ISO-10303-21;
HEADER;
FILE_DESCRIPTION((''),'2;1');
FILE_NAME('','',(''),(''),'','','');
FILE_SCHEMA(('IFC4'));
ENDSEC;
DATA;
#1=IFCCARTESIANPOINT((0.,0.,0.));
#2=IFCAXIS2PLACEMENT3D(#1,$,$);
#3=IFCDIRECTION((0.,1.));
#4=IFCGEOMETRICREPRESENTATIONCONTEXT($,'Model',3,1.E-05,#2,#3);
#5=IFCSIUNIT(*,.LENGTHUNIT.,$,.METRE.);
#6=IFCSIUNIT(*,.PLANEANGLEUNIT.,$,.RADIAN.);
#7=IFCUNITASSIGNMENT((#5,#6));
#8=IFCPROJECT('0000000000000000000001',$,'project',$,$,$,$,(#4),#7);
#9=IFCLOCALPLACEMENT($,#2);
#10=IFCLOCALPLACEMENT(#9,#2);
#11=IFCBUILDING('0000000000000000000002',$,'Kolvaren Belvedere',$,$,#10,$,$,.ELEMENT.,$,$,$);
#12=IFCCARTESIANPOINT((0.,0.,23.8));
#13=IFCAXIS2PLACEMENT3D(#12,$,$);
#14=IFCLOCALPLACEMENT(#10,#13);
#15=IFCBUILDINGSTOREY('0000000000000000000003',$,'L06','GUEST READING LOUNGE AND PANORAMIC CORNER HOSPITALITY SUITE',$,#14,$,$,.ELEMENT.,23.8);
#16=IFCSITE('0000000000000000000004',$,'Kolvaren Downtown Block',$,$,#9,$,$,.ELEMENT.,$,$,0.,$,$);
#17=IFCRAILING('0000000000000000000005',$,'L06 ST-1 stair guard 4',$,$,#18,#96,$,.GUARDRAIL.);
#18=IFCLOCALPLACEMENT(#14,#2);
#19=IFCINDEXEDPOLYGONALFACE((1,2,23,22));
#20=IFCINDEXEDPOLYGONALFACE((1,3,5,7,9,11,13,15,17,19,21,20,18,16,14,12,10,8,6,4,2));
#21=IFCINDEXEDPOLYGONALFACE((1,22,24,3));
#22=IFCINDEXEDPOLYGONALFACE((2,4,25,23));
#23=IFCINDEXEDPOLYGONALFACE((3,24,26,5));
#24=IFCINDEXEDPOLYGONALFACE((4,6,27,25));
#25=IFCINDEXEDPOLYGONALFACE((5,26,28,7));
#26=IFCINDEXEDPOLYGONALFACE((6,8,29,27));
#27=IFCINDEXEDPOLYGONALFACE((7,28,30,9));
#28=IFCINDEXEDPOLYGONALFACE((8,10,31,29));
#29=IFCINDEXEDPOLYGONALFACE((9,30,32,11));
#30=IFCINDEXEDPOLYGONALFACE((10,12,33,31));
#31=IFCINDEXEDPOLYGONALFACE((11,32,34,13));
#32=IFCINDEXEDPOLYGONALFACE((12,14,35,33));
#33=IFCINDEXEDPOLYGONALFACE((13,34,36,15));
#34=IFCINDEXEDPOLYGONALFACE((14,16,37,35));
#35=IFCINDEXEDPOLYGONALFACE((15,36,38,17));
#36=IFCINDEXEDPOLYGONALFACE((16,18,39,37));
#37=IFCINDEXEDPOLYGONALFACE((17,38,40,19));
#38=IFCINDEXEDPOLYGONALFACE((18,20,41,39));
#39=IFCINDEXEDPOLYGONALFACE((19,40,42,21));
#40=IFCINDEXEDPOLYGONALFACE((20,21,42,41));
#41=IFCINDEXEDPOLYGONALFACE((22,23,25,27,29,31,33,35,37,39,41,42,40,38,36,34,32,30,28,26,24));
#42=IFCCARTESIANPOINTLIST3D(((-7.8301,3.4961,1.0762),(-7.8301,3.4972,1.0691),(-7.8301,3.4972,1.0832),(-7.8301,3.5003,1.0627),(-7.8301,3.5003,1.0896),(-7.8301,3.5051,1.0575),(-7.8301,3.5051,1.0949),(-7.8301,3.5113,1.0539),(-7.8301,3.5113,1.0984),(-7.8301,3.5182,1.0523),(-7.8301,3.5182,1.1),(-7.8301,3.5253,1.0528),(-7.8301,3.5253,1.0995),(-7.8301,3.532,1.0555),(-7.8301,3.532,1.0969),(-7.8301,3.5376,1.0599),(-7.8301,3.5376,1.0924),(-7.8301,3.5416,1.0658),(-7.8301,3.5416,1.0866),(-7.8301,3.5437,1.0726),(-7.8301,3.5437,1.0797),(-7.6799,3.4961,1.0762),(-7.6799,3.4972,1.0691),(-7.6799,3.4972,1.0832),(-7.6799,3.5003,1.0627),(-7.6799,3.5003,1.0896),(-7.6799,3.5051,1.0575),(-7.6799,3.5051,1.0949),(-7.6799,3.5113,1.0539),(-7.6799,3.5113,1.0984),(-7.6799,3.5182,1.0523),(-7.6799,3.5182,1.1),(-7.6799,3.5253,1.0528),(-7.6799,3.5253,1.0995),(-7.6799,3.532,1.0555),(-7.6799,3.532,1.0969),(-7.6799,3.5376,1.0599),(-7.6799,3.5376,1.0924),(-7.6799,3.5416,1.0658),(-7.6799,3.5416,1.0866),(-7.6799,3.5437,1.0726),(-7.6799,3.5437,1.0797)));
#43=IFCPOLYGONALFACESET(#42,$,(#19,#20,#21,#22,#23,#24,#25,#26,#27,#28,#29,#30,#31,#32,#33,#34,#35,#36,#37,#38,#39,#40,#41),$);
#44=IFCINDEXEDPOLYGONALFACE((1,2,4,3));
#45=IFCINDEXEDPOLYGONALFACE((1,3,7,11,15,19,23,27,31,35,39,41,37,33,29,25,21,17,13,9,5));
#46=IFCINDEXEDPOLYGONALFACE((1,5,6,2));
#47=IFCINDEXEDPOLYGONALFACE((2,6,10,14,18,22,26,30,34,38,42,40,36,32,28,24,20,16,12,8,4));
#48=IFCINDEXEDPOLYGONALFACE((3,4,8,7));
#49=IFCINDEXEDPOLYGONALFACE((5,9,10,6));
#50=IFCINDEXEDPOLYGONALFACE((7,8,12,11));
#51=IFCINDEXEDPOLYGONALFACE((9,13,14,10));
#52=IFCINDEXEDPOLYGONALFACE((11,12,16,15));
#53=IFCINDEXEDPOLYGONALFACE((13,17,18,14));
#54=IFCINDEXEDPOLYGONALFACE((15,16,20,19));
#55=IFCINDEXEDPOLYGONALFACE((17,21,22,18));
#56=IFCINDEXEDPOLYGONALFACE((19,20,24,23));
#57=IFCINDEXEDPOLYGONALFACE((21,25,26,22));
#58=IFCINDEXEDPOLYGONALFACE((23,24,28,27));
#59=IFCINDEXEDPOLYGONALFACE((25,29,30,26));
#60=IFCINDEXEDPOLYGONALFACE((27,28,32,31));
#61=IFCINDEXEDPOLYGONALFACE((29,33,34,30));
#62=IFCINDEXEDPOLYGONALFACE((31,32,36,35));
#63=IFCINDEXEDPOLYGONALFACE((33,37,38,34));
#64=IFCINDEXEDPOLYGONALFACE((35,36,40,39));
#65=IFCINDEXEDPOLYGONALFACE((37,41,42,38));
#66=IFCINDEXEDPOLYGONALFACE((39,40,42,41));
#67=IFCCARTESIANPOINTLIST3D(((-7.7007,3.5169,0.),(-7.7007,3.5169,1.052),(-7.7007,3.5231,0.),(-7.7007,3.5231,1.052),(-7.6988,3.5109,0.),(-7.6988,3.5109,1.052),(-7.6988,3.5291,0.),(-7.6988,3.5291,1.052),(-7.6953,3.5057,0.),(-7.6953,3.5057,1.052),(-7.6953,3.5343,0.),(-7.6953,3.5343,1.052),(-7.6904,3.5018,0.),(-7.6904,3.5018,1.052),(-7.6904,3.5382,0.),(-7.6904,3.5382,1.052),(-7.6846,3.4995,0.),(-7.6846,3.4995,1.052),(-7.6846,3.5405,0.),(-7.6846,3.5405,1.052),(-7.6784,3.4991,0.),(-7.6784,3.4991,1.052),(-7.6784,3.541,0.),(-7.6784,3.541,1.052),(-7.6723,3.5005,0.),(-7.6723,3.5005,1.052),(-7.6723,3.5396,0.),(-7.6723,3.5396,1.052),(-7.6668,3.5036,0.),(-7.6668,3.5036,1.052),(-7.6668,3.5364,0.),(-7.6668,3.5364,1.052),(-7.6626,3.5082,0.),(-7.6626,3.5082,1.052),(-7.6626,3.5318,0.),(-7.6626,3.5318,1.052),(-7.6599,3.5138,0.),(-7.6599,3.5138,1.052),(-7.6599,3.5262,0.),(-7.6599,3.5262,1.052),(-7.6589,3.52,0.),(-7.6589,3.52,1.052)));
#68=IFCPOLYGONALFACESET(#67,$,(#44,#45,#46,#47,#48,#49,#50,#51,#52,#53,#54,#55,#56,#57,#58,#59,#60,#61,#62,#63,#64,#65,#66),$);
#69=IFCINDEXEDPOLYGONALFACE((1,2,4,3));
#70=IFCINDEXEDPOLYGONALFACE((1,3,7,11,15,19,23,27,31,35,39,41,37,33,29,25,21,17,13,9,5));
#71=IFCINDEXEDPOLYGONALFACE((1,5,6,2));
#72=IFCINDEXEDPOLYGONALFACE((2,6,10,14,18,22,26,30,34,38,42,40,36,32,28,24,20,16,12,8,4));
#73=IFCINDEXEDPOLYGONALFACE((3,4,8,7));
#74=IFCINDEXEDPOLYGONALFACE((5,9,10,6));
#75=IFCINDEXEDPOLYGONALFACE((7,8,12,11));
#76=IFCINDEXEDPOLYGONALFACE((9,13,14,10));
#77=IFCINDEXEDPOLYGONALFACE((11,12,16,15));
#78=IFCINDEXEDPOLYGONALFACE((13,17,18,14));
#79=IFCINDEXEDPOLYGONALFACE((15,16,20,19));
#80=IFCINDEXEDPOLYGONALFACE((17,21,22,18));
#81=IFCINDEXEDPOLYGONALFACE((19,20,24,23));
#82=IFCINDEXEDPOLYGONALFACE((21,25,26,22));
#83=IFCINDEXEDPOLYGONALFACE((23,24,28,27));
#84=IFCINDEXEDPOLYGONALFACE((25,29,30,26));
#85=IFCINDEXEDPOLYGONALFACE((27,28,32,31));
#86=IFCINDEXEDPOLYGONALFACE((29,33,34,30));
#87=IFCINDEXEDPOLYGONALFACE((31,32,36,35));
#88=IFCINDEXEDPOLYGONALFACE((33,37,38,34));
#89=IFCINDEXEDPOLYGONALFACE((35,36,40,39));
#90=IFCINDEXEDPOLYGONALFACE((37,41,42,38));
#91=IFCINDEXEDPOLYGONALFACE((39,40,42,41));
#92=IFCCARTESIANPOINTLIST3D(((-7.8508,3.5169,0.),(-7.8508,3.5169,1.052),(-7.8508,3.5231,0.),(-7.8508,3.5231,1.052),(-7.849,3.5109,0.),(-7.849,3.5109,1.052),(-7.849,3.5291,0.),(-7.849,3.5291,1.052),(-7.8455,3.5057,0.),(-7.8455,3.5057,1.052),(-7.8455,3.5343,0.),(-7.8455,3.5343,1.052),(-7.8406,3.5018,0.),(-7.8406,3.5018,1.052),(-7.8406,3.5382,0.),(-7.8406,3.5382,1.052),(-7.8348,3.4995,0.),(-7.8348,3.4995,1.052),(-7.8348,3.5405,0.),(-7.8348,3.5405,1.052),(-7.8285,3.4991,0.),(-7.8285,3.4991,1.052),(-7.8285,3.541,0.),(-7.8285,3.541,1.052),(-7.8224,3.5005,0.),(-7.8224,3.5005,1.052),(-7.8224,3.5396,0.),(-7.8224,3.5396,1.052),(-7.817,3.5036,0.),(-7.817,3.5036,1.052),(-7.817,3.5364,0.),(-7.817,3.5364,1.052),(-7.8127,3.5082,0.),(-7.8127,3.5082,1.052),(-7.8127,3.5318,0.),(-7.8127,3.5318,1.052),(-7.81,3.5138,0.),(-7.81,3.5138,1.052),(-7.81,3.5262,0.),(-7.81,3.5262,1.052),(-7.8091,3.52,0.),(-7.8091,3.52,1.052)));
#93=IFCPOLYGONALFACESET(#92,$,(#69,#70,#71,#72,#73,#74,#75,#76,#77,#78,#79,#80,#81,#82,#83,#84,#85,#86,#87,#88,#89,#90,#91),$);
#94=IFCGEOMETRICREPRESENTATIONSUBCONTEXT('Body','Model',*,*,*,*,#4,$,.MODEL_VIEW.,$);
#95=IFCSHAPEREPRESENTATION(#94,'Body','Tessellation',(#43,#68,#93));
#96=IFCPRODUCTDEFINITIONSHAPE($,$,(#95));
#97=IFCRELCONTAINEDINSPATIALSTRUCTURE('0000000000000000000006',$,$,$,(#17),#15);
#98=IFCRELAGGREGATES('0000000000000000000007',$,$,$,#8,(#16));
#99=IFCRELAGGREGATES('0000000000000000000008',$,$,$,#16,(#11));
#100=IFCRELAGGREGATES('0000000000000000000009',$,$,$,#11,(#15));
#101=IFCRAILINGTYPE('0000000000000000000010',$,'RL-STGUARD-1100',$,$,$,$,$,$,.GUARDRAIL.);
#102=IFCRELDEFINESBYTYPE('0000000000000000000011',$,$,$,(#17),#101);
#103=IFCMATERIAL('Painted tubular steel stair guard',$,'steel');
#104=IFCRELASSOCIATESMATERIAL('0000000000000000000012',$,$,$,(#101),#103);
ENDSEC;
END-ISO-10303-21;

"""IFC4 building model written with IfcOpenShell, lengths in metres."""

from ifc_helpers import new_model, si_unit, direction, frame, origin, origin_2d, place, context, subcontext, project, spatial, circle, extrude, material, type_object, element, save


model = new_model("IFC4")

# Units and contexts
model_context = context("Model", 3, precision=1e-05, world=origin(), true_north=direction((0.0, 1.0)))
body_context = subcontext(model_context, "Body", "Model", "MODEL_VIEW")
ifc_project = project(units=[si_unit("LENGTHUNIT", "METRE"), si_unit("PLANEANGLEUNIT", "RADIAN")], contexts=[model_context])

# Site, building, storey
site_placement = place(None, origin())
site = spatial("IfcSite", under=ifc_project, at=site_placement, Name="Kolvaren Downtown Block", CompositionType="ELEMENT", RefElevation=0.0)
building_placement = place(site_placement, origin())
building = spatial("IfcBuilding", under=site, at=building_placement, Name="Kolvaren Belvedere", CompositionType="ELEMENT")
storey_placement = place(building_placement, frame((0.0, 0.0, 23.8)))
storey = spatial("IfcBuildingStorey", under=building, at=storey_placement, Name="L06", Description="GUEST READING LOUNGE AND PANORAMIC CORNER HOSPITALITY SUITE", CompositionType="ELEMENT", Elevation=23.8)

# Railing
ifc_material_1 = material(Name="Painted tubular steel stair guard", Category="steel")
railing_type_1 = type_object("IfcRailingType", Name="RL-STGUARD-1100", PredefinedType="GUARDRAIL", material=ifc_material_1)
railing_1_placement = place(storey_placement, frame((-7.6799, 3.52, 0.0)))
element("IfcRailing", 1, at=railing_1_placement, inside=storey, type_object=railing_type_1, Name="L06 ST-1 stair guard 4", PredefinedType="GUARDRAIL", context=body_context, shape_type="SweptSolid", body=[
    extrude(circle(Radius=0.0239, at=origin_2d()), frame((0.0, 0.0, 1.0762), z_axis=(-1.0, 0.0, 0.0), x_axis=(0.0, -1.0, 0.0)), (0.0, 0.0, 1.0), 0.1501),
    extrude(circle(Radius=0.021, at=origin_2d()), origin(), (0.0, 0.0, 1.0), 1.052),
    extrude(circle(Radius=0.021, at=origin_2d()), frame((-0.1501, 0.0, 0.0)), (0.0, 0.0, 1.0), 1.052),
])

save(model, "model.ifc")
